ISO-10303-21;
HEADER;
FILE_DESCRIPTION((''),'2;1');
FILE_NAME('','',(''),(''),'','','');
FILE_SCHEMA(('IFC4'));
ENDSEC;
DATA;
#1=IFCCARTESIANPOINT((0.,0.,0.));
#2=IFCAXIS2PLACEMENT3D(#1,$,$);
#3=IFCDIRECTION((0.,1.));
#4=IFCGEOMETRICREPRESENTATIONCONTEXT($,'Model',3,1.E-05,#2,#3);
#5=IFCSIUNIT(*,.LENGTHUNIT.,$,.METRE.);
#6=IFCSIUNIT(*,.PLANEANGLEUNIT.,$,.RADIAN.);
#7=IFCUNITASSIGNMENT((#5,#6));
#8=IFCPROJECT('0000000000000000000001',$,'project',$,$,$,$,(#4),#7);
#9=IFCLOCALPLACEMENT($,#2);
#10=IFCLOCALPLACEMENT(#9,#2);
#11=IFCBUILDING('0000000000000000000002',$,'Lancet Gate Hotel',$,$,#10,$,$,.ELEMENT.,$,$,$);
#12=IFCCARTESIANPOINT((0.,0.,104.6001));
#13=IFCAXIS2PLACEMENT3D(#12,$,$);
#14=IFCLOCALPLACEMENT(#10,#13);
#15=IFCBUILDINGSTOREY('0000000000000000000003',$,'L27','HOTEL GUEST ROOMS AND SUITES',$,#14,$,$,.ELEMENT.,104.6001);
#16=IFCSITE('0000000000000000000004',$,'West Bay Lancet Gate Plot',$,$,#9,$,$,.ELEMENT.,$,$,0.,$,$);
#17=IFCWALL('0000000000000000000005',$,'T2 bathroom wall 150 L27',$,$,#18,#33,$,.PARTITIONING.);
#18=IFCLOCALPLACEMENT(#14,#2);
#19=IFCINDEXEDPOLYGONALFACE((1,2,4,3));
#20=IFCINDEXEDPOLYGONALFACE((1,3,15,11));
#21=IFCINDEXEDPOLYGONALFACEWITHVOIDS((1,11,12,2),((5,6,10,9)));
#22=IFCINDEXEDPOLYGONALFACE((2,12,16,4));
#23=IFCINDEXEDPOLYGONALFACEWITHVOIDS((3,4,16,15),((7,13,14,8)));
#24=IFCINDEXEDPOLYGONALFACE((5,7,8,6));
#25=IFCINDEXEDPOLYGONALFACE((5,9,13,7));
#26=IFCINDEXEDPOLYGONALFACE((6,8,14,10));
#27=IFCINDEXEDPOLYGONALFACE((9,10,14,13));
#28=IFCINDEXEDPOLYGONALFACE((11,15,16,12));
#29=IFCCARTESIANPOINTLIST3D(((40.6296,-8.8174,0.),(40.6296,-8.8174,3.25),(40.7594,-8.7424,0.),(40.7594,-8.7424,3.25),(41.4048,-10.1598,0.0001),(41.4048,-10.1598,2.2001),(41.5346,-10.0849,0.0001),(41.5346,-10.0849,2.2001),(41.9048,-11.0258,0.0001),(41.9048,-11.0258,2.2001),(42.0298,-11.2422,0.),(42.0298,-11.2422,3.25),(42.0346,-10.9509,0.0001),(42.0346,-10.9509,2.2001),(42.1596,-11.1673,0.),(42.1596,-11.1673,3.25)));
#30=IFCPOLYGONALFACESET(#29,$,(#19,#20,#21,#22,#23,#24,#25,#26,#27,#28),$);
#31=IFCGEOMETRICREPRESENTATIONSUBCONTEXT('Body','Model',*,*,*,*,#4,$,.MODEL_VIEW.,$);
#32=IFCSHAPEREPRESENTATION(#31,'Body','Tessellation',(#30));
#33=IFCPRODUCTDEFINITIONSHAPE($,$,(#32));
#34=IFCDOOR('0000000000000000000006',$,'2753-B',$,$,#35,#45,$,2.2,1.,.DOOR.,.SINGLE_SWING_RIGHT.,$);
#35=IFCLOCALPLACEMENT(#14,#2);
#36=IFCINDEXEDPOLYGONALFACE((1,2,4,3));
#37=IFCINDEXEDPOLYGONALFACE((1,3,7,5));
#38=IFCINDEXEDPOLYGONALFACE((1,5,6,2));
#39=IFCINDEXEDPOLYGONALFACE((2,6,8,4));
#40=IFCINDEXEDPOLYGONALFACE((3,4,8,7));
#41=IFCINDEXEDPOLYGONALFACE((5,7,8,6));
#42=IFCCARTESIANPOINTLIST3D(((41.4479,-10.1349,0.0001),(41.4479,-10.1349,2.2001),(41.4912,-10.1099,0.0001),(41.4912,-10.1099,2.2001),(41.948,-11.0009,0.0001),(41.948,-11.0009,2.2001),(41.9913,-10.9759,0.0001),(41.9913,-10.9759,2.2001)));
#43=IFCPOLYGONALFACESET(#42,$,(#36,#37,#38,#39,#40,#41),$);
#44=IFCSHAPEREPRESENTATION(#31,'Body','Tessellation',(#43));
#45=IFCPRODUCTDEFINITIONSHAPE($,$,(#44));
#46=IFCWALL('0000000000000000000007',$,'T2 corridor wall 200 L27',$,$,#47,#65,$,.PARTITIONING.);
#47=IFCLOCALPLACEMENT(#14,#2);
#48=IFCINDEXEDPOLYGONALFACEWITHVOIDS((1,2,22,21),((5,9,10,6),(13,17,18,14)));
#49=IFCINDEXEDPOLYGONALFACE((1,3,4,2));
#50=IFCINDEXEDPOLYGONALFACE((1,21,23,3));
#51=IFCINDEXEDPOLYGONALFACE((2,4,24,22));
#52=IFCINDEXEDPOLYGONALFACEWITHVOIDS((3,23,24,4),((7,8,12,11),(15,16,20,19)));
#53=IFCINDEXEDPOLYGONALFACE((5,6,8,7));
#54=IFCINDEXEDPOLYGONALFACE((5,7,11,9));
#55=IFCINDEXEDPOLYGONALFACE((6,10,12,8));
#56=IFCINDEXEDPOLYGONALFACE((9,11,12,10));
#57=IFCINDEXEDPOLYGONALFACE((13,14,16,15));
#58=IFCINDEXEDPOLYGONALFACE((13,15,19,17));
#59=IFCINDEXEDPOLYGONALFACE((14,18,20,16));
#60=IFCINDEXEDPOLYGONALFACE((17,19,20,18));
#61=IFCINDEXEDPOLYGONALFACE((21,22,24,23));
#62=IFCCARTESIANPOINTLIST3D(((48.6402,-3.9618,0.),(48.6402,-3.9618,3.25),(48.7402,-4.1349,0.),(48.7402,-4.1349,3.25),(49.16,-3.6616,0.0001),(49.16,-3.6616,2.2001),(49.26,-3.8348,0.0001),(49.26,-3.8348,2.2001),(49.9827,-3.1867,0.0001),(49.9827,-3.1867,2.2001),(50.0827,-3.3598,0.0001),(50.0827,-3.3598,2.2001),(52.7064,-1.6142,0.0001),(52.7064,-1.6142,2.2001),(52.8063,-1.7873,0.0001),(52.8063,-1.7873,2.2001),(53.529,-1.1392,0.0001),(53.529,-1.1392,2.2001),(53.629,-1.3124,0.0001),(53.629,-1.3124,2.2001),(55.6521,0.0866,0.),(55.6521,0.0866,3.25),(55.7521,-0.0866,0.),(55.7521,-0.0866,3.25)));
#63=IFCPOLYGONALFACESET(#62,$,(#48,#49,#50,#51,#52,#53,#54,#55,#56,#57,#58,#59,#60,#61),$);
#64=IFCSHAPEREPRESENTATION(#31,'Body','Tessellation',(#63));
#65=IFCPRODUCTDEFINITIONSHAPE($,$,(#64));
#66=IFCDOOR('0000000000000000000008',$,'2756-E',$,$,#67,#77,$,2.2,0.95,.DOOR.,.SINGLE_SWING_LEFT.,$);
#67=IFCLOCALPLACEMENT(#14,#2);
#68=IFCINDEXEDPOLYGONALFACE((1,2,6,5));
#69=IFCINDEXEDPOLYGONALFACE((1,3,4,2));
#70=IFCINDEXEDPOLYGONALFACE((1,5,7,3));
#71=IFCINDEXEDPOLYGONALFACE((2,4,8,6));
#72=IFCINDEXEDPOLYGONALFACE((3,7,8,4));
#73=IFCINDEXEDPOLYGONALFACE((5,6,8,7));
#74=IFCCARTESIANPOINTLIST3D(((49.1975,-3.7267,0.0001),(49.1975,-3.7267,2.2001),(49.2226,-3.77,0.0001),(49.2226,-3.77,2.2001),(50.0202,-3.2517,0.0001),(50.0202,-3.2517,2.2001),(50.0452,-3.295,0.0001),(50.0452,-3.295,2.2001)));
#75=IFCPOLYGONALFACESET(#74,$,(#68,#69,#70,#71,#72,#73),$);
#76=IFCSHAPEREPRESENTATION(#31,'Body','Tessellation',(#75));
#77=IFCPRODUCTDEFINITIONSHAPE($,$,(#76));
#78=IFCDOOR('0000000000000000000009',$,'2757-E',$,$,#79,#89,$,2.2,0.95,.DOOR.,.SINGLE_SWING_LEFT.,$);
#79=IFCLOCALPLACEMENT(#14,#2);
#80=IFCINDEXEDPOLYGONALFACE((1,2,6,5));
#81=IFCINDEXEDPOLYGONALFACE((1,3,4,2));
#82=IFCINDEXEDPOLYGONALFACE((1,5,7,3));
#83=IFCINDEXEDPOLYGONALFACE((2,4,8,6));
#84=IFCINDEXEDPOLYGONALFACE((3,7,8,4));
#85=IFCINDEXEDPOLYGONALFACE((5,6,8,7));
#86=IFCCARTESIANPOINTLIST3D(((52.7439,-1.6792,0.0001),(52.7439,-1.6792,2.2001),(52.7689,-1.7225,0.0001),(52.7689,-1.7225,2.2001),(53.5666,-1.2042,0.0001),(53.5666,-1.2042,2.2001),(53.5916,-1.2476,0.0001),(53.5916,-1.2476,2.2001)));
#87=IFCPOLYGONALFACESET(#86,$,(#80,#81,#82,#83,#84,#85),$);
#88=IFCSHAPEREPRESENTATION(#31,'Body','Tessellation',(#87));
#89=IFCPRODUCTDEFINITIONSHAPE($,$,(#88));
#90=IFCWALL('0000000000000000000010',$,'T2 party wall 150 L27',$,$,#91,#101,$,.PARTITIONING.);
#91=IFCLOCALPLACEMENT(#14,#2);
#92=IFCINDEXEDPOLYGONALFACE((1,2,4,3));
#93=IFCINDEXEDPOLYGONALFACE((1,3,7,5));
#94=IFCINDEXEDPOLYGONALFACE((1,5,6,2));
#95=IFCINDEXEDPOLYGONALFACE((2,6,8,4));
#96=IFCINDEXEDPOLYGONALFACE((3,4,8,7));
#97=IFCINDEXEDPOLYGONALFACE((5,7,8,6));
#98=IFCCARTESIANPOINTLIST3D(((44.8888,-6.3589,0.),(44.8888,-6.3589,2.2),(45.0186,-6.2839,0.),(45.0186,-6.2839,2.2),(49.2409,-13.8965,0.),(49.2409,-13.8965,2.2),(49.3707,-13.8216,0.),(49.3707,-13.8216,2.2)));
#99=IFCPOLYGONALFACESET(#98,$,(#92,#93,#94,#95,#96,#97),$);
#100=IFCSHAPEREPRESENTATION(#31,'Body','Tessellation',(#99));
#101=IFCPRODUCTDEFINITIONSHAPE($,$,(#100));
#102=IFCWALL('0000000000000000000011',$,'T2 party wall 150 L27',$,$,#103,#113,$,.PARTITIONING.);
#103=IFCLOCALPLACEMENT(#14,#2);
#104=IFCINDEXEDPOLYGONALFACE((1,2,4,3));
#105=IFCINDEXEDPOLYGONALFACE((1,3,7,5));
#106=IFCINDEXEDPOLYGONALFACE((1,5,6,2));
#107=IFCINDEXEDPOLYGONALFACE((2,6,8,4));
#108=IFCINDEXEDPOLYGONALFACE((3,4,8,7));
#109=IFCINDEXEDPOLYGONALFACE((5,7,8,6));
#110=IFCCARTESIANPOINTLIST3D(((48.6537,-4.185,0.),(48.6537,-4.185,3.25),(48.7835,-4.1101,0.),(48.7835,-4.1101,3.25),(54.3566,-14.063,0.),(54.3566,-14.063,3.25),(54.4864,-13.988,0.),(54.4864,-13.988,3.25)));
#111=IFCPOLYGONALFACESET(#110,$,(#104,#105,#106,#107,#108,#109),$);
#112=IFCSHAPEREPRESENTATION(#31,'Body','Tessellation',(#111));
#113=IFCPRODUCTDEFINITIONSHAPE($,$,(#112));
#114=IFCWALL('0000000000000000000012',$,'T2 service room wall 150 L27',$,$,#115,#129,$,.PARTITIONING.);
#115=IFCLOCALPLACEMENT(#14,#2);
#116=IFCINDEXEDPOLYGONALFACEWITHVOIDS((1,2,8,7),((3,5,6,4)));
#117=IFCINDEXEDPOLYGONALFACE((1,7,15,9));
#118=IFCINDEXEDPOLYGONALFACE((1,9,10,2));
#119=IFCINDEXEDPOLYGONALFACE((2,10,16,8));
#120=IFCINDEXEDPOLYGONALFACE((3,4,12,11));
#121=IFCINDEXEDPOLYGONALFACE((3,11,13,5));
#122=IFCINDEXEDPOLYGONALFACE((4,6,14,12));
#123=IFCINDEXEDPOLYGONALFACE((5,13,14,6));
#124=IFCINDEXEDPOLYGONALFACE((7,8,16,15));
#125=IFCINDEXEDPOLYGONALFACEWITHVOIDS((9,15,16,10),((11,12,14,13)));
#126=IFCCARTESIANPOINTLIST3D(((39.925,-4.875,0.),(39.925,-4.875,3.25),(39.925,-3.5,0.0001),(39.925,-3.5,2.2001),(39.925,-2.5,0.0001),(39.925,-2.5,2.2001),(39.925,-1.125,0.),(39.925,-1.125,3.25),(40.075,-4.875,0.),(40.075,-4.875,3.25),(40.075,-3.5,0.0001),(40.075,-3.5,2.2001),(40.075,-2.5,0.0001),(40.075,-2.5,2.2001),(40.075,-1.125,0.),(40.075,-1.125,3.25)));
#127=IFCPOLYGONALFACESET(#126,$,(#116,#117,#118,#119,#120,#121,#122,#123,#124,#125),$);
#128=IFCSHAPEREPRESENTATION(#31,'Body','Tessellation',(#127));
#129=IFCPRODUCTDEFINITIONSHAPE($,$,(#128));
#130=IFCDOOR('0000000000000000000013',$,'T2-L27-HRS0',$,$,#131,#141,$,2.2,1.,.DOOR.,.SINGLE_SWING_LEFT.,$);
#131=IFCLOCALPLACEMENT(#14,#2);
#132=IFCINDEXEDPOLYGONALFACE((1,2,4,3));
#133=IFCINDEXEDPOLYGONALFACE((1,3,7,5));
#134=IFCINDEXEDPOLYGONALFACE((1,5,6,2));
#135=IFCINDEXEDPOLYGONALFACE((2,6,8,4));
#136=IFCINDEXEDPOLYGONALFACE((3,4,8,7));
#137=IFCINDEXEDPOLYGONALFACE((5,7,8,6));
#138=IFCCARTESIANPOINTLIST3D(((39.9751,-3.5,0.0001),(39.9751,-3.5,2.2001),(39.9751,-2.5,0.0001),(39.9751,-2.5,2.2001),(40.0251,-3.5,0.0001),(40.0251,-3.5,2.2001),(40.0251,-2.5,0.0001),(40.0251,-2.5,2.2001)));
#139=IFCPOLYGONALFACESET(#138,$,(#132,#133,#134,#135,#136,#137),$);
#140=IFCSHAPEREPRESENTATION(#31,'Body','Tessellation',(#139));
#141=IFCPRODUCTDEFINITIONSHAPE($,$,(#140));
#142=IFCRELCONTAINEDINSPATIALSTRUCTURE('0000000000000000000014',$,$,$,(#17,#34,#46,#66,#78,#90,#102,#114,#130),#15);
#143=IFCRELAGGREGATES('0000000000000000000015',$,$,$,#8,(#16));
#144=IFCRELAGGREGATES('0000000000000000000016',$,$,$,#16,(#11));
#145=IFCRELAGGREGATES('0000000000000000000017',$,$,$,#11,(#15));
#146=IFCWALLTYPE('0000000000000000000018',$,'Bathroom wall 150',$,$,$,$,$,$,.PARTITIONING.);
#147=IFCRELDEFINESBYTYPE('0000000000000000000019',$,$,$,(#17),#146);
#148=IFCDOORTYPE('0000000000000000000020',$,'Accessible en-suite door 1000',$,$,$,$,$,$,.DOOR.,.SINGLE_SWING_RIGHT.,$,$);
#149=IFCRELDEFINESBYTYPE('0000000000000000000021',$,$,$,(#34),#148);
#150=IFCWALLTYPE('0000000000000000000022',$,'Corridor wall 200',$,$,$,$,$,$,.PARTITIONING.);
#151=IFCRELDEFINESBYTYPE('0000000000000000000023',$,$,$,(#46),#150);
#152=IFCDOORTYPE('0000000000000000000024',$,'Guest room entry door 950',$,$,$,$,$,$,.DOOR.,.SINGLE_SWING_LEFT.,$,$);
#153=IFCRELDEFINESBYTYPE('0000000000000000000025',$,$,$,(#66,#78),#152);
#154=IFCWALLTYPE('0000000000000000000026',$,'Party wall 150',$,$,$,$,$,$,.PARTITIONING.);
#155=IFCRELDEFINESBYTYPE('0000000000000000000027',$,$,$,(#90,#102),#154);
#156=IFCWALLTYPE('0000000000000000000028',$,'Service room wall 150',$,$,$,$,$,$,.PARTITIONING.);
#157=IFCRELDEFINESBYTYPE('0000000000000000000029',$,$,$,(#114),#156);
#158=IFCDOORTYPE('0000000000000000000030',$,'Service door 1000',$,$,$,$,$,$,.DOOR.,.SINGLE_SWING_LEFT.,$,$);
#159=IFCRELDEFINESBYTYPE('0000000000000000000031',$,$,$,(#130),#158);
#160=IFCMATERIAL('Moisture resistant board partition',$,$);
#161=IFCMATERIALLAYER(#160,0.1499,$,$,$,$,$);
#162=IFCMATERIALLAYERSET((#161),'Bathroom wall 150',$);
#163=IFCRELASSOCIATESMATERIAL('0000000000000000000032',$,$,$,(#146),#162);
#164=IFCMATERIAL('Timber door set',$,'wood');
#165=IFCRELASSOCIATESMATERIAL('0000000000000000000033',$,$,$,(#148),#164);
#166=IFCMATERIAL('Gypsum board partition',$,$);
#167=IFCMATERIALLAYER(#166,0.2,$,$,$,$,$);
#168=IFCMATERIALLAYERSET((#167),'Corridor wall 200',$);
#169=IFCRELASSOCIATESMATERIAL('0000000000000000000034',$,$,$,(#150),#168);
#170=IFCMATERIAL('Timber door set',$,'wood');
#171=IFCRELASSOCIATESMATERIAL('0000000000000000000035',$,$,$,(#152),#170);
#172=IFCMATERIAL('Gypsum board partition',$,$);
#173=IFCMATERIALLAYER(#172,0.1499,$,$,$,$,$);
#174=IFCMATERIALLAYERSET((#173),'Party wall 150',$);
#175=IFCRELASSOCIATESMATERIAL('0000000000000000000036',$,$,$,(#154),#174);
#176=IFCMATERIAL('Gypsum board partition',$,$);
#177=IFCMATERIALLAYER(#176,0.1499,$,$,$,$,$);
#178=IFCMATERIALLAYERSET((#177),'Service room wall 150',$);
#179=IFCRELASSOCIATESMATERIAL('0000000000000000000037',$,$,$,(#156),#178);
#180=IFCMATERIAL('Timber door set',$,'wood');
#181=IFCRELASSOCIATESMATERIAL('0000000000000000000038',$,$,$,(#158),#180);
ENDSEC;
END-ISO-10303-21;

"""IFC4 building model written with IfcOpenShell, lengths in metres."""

from ifc_helpers import new_model, si_unit, direction, frame, frame_2d, origin, place, context, subcontext, project, spatial, rectangle, extrude, material, layer, layer_set, type_object, element, fill, save


model = new_model("IFC4")

# Units and contexts
model_context = context("Model", 3, precision=1e-05, world=origin(), true_north=direction((0.0, 1.0)))
body_context = subcontext(model_context, "Body", "Model", "MODEL_VIEW")
ifc_project = project(units=[si_unit("LENGTHUNIT", "METRE"), si_unit("PLANEANGLEUNIT", "RADIAN")], contexts=[model_context])

# Site, building, storey
site_placement = place(None, origin())
site = spatial("IfcSite", under=ifc_project, at=site_placement, Name="West Bay Lancet Gate Plot", CompositionType="ELEMENT", RefElevation=0.0)
building_placement = place(site_placement, origin())
building = spatial("IfcBuilding", under=site, at=building_placement, Name="Lancet Gate Hotel", CompositionType="ELEMENT")
storey_placement = place(building_placement, frame((0.0, 0.0, 104.6001)))
storey = spatial("IfcBuildingStorey", under=building, at=storey_placement, Name="L27", Description="HOTEL GUEST ROOMS AND SUITES", CompositionType="ELEMENT", Elevation=104.6001)

# Shared definitions
ifc_material_1 = material(Name="Moisture resistant board partition")
ifc_layer_1 = layer(ifc_material_1, 0.1499)
ifc_layer_set_1 = layer_set([ifc_layer_1], Name="Bathroom wall 150")
wall_type_1 = type_object("IfcWallType", Name="Bathroom wall 150", PredefinedType="PARTITIONING", material=ifc_layer_set_1)

# Wall, opening, door
wall_1_placement = place(storey_placement, frame((40.6946, -8.78, 0.0), z_axis=(0.0, 0.0, 1.0), x_axis=(0.50005, -0.865997, 0.0)))
wall_1 = element("IfcWall", 1, at=wall_1_placement, inside=storey, type_object=wall_type_1, Name="T2 bathroom wall 150 L27", PredefinedType="PARTITIONING", context=body_context, shape_type="SweptSolid", body=[
    extrude(rectangle(XDim=2.8, YDim=0.1499, at=frame_2d((1.3999, 0.0))), origin(), (0.0, 0.0, 1.0), 3.25),
])
opening_1_placement = place(wall_1_placement, frame((1.55, 0.0, 0.0)))
opening_1 = element("IfcOpeningElement", 2, at=opening_1_placement, cuts=wall_1, PredefinedType="OPENING", context=body_context, shape_type="SweptSolid", body=[
    extrude(rectangle(XDim=1.0, YDim=2.2, at=frame_2d((0.5, 1.1001))), frame((0.0, 0.085, 0.0), z_axis=(0.0, -1.0, 0.0), x_axis=(1.0, 0.0, 0.0)), (0.0, 0.0, 1.0), 0.1699),
])
ifc_material_2 = material(Name="Timber door set", Category="wood")
door_type_1 = type_object("IfcDoorType", Name="Accessible en-suite door 1000", OperationType="SINGLE_SWING_RIGHT", PredefinedType="DOOR", material=ifc_material_2)
door_1_placement = place(opening_1_placement, origin())
door_1 = element("IfcDoor", 3, at=door_1_placement, inside=storey, type_object=door_type_1, Name="2753-B", OperationType="SINGLE_SWING_RIGHT", OverallHeight=2.2, OverallWidth=1.0, PredefinedType="DOOR", context=body_context, shape_type="SweptSolid", body=[
    extrude(rectangle(XDim=1.0, YDim=2.2, at=frame_2d((0.5, 1.1001))), frame((0.0, 0.0249, 0.0), z_axis=(0.0, -1.0, 0.0), x_axis=(1.0, 0.0, 0.0)), (0.0, 0.0, 1.0), 0.05),
])
fill(opening_1, door_1)

# Wall, openings, doors
ifc_material_3 = material(Name="Gypsum board partition")
ifc_layer_2 = layer(ifc_material_3, 0.2)
ifc_layer_set_2 = layer_set([ifc_layer_2], Name="Corridor wall 200")
wall_type_2 = type_object("IfcWallType", Name="Corridor wall 200", PredefinedType="PARTITIONING", material=ifc_layer_set_2)
wall_2_placement = place(storey_placement, frame((48.6902, -4.0483, 0.0), z_axis=(0.0, 0.0, 1.0), x_axis=(0.866026, 0.499998, 0.0)))
wall_2 = element("IfcWall", 4, at=wall_2_placement, inside=storey, type_object=wall_type_2, Name="T2 corridor wall 200 L27", PredefinedType="PARTITIONING", context=body_context, shape_type="SweptSolid", body=[
    extrude(rectangle(XDim=8.0967, YDim=0.2, at=frame_2d((4.0483, 0.0))), origin(), (0.0, 0.0, 1.0), 3.25),
])
opening_2_placement = place(wall_2_placement, frame((0.6001, 0.0, 0.0)))
opening_2 = element("IfcOpeningElement", 5, at=opening_2_placement, cuts=wall_2, PredefinedType="OPENING", context=body_context, shape_type="SweptSolid", body=[
    extrude(rectangle(XDim=0.95, YDim=2.2, at=frame_2d((0.4751, 1.1001))), frame((0.0, 0.1099, 0.0), z_axis=(0.0, -1.0, 0.0), x_axis=(1.0, 0.0, 0.0)), (0.0, 0.0, 1.0), 0.22),
])
opening_3_placement = place(wall_2_placement, frame((4.6951, 0.0, 0.0)))
opening_3 = element("IfcOpeningElement", 6, at=opening_3_placement, cuts=wall_2, PredefinedType="OPENING", context=body_context, shape_type="SweptSolid", body=[
    extrude(rectangle(XDim=0.95, YDim=2.2, at=frame_2d((0.4751, 1.1001))), frame((0.0, 0.1099, 0.0), z_axis=(0.0, -1.0, 0.0), x_axis=(1.0, 0.0, 0.0)), (0.0, 0.0, 1.0), 0.22),
])
ifc_material_4 = material(Name="Timber door set", Category="wood")
door_type_2 = type_object("IfcDoorType", Name="Guest room entry door 950", OperationType="SINGLE_SWING_LEFT", PredefinedType="DOOR", material=ifc_material_4)
door_2_placement = place(opening_2_placement, origin())
door_2 = element("IfcDoor", 7, at=door_2_placement, inside=storey, type_object=door_type_2, Name="2756-E", OperationType="SINGLE_SWING_LEFT", OverallHeight=2.2, OverallWidth=0.95, PredefinedType="DOOR", context=body_context, shape_type="SweptSolid", body=[
    extrude(rectangle(XDim=0.95, YDim=2.2, at=frame_2d((0.4751, 1.1001))), frame((0.0, 0.0249, 0.0), z_axis=(0.0, -1.0, 0.0), x_axis=(1.0, 0.0, 0.0)), (0.0, 0.0, 1.0), 0.05),
])
fill(opening_2, door_2)
door_3_placement = place(opening_3_placement, origin())
door_3 = element("IfcDoor", 8, at=door_3_placement, inside=storey, type_object=door_type_2, Name="2757-E", OperationType="SINGLE_SWING_LEFT", OverallHeight=2.2, OverallWidth=0.95, PredefinedType="DOOR", context=body_context, shape_type="SweptSolid", body=[
    extrude(rectangle(XDim=0.95, YDim=2.2, at=frame_2d((0.4751, 1.1001))), frame((0.0, 0.0249, 0.0), z_axis=(0.0, -1.0, 0.0), x_axis=(1.0, 0.0, 0.0)), (0.0, 0.0, 1.0), 0.05),
])
fill(opening_3, door_3)

# Walls
ifc_material_5 = material(Name="Gypsum board partition")
ifc_layer_3 = layer(ifc_material_5, 0.1499)
ifc_layer_set_3 = layer_set([ifc_layer_3], Name="Party wall 150")
wall_type_3 = type_object("IfcWallType", Name="Party wall 150", PredefinedType="PARTITIONING", material=ifc_layer_set_3)
wall_3_placement = place(storey_placement, frame((44.9536, -6.3213, 0.0), z_axis=(0.0, 0.0, 1.0), x_axis=(0.500019, -0.866015, 0.0)))
element("IfcWall", 9, at=wall_3_placement, inside=storey, type_object=wall_type_3, Name="T2 party wall 150 L27", PredefinedType="PARTITIONING", context=body_context, shape_type="SweptSolid", body=[
    extrude(rectangle(XDim=8.7039, YDim=0.1499, at=frame_2d((4.3521, 0.0))), origin(), (0.0, 0.0, 1.0), 2.2),
])
wall_4_placement = place(storey_placement, frame((48.7185, -4.1475, 0.0), z_axis=(0.0, 0.0, 1.0), x_axis=(0.49999, -0.866031, 0.0)))
element("IfcWall", 10, at=wall_4_placement, inside=storey, type_object=wall_type_3, Name="T2 party wall 150 L27", PredefinedType="PARTITIONING", context=body_context, shape_type="SweptSolid", body=[
    extrude(rectangle(XDim=11.406, YDim=0.1499, at=frame_2d((5.7031, 0.0))), origin(), (0.0, 0.0, 1.0), 3.25),
])

# Wall, opening, door
ifc_material_6 = material(Name="Gypsum board partition")
ifc_layer_4 = layer(ifc_material_6, 0.1499)
ifc_layer_set_4 = layer_set([ifc_layer_4], Name="Service room wall 150")
wall_type_4 = type_object("IfcWallType", Name="Service room wall 150", PredefinedType="PARTITIONING", material=ifc_layer_set_4)
wall_5_placement = place(storey_placement, frame((40.0, -4.875, 0.0), z_axis=(0.0, 0.0, 1.0), x_axis=(0.0, 1.0, 0.0)))
wall_5 = element("IfcWall", 11, at=wall_5_placement, inside=storey, type_object=wall_type_4, Name="T2 service room wall 150 L27", PredefinedType="PARTITIONING", context=body_context, shape_type="SweptSolid", body=[
    extrude(rectangle(XDim=3.75, YDim=0.1499, at=frame_2d((1.875, 0.0))), origin(), (0.0, 0.0, 1.0), 3.25),
])
opening_4_placement = place(wall_5_placement, frame((1.375, 0.0, 0.0)))
opening_4 = element("IfcOpeningElement", 12, at=opening_4_placement, cuts=wall_5, PredefinedType="OPENING", context=body_context, shape_type="SweptSolid", body=[
    extrude(rectangle(XDim=1.0, YDim=2.2, at=frame_2d((0.5, 1.1001))), frame((0.0, 0.085, 0.0), z_axis=(0.0, -1.0, 0.0), x_axis=(1.0, 0.0, 0.0)), (0.0, 0.0, 1.0), 0.1699),
])
ifc_material_7 = material(Name="Timber door set", Category="wood")
door_type_3 = type_object("IfcDoorType", Name="Service door 1000", OperationType="SINGLE_SWING_LEFT", PredefinedType="DOOR", material=ifc_material_7)
door_4_placement = place(opening_4_placement, origin())
door_4 = element("IfcDoor", 13, at=door_4_placement, inside=storey, type_object=door_type_3, Name="T2-L27-HRS0", OperationType="SINGLE_SWING_LEFT", OverallHeight=2.2, OverallWidth=1.0, PredefinedType="DOOR", context=body_context, shape_type="SweptSolid", body=[
    extrude(rectangle(XDim=1.0, YDim=2.2, at=frame_2d((0.5, 1.1001))), frame((0.0, 0.0249, 0.0), z_axis=(0.0, -1.0, 0.0), x_axis=(1.0, 0.0, 0.0)), (0.0, 0.0, 1.0), 0.05),
])
fill(opening_4, door_4)

save(model, "model.ifc")
